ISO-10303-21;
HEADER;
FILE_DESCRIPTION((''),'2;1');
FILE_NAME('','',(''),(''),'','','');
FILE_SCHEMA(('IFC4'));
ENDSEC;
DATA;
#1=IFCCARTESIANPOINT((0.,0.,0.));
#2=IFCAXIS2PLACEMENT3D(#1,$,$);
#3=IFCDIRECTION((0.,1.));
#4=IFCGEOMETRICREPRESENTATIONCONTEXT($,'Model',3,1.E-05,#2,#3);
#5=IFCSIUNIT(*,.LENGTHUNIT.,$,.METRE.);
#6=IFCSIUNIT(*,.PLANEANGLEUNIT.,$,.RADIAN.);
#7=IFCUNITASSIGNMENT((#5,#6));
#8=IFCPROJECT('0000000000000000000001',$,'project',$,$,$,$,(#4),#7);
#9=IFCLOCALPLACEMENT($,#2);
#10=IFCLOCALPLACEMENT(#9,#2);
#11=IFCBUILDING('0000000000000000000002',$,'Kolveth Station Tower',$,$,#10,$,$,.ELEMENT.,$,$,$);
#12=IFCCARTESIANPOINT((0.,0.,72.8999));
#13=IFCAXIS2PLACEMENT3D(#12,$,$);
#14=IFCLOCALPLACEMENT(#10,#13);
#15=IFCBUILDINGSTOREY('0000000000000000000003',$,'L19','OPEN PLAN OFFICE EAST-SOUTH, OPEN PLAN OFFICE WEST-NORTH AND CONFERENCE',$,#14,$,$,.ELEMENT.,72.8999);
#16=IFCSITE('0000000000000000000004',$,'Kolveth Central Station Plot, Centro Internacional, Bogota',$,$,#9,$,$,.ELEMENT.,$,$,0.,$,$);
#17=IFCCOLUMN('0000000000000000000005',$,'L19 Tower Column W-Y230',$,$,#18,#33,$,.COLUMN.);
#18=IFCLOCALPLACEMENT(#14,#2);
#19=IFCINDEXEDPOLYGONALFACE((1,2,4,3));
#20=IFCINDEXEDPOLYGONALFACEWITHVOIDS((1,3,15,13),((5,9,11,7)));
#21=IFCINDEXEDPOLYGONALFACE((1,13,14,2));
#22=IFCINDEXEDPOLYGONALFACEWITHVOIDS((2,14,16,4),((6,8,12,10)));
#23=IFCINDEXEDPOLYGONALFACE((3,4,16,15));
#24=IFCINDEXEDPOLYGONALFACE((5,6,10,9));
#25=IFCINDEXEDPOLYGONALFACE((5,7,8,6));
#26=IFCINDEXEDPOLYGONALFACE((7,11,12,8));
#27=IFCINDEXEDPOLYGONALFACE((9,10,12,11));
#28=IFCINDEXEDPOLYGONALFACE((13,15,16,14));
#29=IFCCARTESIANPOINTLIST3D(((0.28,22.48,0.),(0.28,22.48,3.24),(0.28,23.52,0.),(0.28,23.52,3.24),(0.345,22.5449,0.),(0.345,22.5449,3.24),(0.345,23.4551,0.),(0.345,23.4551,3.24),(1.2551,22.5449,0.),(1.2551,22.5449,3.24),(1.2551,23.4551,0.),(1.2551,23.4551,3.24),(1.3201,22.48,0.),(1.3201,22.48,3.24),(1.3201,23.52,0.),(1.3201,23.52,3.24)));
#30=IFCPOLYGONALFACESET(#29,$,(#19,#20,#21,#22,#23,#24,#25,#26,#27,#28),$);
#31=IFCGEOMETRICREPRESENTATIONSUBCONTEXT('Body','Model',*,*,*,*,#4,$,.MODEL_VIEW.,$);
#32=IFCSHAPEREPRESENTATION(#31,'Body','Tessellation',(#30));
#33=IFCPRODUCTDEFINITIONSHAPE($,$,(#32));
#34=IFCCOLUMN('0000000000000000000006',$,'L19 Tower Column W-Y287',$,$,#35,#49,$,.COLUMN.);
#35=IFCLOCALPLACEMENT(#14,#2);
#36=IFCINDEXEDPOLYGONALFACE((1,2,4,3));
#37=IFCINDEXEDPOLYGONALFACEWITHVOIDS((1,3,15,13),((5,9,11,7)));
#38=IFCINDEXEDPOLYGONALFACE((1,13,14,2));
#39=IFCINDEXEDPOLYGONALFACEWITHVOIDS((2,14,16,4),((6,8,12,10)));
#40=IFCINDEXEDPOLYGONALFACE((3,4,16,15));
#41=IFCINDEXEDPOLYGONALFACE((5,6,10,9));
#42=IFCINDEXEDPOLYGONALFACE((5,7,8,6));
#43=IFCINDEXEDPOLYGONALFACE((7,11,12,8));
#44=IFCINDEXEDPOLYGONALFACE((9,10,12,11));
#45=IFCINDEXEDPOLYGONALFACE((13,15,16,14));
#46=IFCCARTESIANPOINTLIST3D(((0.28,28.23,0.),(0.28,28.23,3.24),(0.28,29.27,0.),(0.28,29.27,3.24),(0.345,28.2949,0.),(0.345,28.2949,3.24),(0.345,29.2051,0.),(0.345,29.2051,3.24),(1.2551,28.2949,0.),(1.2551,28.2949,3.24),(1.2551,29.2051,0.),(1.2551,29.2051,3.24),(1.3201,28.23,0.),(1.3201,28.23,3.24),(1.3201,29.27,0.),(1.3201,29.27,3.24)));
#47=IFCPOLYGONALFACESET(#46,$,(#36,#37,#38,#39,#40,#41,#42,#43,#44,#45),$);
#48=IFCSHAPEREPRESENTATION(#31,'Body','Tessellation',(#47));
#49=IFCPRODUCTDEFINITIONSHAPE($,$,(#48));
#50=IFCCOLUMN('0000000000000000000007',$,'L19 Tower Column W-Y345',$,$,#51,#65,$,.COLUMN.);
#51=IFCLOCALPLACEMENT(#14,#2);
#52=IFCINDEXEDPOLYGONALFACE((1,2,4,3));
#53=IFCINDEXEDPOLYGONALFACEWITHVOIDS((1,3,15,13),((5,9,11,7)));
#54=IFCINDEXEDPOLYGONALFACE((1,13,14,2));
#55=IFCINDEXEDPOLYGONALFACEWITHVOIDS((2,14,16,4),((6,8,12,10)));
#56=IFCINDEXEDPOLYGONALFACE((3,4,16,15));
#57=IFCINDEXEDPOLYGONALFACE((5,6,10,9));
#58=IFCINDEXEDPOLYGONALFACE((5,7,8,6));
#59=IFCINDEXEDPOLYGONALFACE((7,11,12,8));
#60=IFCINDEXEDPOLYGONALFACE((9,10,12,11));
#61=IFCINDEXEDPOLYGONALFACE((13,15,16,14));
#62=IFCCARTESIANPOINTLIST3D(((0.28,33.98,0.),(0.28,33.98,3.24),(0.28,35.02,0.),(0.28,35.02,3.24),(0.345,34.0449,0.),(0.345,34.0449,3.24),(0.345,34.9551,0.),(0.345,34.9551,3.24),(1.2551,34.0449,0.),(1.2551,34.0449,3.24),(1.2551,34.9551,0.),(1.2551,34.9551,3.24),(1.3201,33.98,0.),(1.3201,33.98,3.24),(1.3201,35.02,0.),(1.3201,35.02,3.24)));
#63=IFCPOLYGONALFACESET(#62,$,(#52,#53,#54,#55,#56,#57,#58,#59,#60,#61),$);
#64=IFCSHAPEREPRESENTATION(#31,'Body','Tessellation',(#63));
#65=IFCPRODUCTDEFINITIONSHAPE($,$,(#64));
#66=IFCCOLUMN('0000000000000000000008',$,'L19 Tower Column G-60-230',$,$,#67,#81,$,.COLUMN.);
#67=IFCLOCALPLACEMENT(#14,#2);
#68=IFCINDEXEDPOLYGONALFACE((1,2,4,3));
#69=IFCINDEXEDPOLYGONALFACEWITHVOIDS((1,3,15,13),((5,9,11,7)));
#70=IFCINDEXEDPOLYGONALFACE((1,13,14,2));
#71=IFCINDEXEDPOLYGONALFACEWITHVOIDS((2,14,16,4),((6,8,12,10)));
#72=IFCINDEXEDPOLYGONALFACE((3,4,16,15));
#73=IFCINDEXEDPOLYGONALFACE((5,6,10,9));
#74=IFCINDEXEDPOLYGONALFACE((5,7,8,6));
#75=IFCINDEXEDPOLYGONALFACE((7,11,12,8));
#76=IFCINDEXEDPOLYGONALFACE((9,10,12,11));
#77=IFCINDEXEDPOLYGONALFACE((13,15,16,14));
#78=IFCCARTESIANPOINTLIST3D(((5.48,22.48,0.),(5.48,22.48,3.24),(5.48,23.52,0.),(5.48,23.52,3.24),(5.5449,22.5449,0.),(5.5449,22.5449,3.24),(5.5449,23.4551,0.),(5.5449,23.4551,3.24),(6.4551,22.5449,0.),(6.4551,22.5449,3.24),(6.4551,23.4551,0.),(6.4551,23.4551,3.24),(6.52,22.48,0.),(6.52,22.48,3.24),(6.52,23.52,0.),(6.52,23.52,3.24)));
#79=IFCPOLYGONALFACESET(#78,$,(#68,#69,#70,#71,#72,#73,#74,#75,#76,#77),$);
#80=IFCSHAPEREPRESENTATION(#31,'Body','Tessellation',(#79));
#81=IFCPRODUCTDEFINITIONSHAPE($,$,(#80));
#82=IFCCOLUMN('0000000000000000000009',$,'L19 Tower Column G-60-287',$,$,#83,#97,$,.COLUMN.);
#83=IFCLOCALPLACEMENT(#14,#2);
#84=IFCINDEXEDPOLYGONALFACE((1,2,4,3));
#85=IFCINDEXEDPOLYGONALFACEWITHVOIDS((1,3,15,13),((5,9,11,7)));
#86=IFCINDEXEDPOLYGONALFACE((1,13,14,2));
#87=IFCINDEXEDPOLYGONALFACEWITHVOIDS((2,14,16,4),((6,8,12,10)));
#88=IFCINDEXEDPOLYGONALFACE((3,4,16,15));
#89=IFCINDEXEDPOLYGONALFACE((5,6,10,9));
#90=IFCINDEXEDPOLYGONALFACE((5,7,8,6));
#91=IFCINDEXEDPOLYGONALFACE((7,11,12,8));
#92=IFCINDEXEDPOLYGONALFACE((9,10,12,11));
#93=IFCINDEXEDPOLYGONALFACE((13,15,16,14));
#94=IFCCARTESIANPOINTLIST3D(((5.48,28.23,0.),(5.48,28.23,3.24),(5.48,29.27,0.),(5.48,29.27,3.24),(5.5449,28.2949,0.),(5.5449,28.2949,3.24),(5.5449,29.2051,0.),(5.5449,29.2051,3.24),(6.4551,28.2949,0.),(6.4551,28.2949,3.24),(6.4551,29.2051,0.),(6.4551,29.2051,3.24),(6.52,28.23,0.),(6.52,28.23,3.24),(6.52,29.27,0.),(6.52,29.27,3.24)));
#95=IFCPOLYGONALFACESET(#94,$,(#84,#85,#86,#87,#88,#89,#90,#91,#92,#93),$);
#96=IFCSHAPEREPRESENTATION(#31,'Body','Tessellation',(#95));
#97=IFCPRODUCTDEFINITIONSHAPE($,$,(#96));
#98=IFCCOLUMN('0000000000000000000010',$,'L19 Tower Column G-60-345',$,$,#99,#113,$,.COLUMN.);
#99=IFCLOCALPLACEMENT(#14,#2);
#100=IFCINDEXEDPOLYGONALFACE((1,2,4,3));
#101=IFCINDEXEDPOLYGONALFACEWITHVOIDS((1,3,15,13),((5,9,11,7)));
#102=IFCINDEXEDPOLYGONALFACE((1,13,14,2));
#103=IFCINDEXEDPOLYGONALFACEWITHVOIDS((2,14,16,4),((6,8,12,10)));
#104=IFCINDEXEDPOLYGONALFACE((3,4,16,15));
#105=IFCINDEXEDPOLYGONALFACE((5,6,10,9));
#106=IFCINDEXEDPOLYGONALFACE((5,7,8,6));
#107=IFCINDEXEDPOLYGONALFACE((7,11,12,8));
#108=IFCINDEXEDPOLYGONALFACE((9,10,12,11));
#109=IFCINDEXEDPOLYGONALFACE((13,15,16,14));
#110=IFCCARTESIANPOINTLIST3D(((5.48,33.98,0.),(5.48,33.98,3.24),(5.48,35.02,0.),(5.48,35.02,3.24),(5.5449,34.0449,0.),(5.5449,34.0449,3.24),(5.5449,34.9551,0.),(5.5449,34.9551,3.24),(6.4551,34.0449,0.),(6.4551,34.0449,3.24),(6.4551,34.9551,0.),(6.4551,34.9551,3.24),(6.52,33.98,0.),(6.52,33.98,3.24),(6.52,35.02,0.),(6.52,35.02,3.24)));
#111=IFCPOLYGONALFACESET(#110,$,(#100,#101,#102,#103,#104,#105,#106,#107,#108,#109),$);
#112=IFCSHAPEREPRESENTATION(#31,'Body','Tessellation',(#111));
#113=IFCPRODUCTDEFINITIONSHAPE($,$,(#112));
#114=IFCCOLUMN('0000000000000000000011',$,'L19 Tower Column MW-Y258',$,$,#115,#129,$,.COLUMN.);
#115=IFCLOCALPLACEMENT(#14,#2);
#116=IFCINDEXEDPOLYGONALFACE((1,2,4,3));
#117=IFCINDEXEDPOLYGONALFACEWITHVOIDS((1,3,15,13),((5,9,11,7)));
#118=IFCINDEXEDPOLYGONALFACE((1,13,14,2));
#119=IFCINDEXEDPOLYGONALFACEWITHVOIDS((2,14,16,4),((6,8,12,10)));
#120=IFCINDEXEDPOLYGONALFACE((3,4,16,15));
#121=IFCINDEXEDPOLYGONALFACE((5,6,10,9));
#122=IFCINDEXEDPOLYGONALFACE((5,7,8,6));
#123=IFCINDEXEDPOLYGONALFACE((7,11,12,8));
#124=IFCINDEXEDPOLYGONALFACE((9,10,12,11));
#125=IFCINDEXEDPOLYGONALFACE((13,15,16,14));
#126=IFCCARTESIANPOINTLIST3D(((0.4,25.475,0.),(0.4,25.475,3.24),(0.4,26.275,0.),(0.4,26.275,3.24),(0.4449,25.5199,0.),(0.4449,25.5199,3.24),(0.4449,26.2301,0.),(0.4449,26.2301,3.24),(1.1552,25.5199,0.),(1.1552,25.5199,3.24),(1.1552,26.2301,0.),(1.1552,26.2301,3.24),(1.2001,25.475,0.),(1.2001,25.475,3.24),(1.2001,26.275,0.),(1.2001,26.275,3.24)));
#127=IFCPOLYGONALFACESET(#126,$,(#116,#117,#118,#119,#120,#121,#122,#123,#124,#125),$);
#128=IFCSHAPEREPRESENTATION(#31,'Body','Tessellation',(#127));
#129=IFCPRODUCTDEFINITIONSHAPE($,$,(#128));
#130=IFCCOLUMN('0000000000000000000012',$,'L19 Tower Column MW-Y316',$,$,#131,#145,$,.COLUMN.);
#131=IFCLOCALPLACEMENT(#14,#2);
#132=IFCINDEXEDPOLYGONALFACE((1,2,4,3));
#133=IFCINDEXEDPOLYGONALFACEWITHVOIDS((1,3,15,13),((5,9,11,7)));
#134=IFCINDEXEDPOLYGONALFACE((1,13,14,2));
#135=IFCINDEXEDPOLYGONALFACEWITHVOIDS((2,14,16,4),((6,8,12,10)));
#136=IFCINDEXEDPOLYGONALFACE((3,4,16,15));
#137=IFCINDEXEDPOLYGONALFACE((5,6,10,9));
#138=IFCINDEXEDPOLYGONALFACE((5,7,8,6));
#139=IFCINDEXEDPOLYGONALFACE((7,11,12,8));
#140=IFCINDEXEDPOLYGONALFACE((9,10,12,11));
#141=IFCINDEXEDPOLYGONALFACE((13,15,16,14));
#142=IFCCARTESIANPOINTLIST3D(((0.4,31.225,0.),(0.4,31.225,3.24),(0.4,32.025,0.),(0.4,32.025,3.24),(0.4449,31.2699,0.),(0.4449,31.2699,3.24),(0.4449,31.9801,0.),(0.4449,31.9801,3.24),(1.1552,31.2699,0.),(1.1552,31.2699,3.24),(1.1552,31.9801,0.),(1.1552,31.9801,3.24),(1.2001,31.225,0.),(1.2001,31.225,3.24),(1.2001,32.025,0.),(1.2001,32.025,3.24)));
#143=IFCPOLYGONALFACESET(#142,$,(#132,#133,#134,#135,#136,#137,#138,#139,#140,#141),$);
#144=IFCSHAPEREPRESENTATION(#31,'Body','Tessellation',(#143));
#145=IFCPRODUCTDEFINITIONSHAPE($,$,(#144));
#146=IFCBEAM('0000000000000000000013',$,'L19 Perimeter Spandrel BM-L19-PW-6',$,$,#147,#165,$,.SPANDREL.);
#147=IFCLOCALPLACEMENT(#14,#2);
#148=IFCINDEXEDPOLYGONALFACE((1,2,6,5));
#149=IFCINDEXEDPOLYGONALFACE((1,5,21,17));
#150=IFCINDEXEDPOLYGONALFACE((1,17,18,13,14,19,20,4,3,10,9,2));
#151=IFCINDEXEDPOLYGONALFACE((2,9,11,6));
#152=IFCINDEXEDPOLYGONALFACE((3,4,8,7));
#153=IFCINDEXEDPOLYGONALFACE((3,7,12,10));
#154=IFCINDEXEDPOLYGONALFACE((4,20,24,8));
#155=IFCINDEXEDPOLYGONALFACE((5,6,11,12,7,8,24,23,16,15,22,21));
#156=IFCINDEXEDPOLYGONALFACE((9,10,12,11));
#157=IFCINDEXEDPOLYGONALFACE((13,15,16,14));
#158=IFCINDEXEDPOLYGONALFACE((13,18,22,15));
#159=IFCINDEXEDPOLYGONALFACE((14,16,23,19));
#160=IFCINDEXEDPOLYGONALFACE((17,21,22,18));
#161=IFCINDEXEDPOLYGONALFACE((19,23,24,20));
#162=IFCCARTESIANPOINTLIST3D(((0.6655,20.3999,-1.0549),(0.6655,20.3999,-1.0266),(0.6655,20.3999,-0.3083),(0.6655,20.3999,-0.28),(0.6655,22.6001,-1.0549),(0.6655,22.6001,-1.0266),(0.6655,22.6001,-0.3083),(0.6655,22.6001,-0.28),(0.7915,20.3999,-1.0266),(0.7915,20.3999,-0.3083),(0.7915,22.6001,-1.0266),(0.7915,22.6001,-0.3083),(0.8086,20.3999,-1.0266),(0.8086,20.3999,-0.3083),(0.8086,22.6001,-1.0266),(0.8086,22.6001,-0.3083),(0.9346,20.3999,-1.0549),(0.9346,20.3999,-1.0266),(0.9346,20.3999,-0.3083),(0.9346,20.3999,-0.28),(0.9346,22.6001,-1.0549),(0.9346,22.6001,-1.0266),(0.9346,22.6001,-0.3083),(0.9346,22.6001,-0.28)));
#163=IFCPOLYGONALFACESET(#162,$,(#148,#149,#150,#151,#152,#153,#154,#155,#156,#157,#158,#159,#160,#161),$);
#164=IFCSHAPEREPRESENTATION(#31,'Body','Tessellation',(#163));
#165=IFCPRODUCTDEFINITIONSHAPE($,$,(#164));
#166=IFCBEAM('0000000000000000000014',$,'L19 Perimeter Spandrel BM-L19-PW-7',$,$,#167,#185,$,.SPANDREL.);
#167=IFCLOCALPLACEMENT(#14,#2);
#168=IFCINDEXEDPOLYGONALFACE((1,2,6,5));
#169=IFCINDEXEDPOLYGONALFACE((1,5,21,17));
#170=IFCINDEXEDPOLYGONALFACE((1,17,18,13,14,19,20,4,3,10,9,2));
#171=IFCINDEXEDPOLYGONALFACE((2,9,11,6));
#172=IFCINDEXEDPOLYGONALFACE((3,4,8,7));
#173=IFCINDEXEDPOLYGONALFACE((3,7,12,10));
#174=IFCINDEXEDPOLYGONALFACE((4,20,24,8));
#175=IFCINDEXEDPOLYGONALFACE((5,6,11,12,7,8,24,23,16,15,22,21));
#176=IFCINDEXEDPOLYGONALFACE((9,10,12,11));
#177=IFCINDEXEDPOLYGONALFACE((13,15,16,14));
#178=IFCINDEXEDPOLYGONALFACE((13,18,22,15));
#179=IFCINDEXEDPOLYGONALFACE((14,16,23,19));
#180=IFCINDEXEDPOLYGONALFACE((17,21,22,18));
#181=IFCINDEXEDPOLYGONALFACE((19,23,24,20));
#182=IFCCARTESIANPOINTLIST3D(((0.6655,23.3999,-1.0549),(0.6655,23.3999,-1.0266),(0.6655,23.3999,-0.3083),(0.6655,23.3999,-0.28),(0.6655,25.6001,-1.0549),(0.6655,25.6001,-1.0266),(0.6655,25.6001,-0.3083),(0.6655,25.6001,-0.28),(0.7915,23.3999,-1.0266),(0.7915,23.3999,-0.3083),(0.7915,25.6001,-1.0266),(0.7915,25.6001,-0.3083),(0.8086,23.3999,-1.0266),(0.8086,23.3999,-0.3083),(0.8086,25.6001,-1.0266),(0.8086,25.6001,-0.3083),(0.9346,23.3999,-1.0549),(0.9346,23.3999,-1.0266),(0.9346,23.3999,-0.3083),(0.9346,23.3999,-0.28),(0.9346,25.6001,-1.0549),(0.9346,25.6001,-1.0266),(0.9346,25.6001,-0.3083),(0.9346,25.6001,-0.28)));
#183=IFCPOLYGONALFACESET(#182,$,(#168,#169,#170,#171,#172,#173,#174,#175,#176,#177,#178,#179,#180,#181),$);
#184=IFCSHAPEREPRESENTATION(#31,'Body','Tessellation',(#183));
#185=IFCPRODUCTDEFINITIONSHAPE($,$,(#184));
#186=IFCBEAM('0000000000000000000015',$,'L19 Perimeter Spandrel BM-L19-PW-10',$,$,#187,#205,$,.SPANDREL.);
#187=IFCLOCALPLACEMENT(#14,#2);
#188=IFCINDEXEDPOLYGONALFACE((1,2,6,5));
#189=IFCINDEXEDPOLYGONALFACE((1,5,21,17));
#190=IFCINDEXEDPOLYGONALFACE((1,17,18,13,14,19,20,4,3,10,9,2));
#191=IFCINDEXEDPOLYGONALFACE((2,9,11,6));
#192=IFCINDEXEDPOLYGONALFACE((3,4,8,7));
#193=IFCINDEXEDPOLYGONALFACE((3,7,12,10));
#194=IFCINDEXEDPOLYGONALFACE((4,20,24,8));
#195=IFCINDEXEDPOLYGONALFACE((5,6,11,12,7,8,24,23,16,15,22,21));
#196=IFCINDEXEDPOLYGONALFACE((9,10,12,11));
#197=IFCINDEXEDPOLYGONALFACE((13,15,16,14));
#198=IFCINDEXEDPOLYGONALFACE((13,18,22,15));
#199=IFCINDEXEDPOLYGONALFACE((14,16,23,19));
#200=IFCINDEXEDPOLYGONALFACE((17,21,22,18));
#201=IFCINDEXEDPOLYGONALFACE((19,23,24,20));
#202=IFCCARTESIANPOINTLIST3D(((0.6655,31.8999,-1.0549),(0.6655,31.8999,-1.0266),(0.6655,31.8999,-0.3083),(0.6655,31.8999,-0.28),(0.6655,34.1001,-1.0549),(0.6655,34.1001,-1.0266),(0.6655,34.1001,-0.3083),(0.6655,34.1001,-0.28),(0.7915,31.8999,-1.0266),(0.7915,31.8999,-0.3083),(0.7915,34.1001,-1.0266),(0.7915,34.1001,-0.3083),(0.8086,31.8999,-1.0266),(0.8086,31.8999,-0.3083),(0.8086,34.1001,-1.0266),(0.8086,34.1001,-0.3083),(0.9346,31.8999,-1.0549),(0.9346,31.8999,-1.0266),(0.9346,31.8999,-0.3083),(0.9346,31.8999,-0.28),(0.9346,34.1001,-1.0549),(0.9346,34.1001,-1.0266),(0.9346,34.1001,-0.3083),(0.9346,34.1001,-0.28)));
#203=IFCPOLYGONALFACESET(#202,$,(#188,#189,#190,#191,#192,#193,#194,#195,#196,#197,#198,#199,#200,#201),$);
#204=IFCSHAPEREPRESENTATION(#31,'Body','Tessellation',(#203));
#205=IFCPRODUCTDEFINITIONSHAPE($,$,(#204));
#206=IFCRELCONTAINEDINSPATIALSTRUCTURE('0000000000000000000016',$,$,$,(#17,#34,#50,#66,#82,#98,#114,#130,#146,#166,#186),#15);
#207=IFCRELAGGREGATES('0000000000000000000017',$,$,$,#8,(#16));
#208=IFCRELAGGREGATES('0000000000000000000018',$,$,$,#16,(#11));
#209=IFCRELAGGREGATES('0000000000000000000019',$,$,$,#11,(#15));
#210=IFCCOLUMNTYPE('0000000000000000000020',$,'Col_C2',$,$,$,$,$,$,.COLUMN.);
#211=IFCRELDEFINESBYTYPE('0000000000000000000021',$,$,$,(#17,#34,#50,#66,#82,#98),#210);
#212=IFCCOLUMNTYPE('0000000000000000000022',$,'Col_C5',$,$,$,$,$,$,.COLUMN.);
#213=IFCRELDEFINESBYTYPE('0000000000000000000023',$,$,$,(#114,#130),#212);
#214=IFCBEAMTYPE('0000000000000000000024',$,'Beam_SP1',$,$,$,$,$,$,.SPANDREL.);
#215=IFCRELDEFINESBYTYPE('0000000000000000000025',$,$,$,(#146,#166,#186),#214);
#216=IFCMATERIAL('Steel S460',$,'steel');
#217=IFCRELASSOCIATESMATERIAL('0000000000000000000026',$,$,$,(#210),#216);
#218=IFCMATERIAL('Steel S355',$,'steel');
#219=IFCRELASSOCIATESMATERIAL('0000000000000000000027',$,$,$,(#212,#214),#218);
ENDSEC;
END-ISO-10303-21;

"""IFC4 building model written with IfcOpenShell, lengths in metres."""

from ifc_helpers import new_model, si_unit, direction, frame, origin, origin_2d, place, context, subcontext, project, spatial, hollow_rectangle, i_section, extrude, source, transform, mapped, material, material_profile, profile_set, type_object, element, save


model = new_model("IFC4")

# Units and contexts
model_context = context("Model", 3, precision=1e-05, world=origin(), true_north=direction((0.0, 1.0)))
body_context = subcontext(model_context, "Body", "Model", "MODEL_VIEW")
ifc_project = project(units=[si_unit("LENGTHUNIT", "METRE"), si_unit("PLANEANGLEUNIT", "RADIAN")], contexts=[model_context])

# Site, building, storey
site_placement = place(None, origin())
site = spatial("IfcSite", under=ifc_project, at=site_placement, Name="Kolveth Central Station Plot, Centro Internacional, Bogota", CompositionType="ELEMENT", RefElevation=0.0)
building_placement = place(site_placement, origin())
building = spatial("IfcBuilding", under=site, at=building_placement, Name="Kolveth Station Tower", CompositionType="ELEMENT")
storey_placement = place(building_placement, frame((0.0, 0.0, 72.8999)))
storey = spatial("IfcBuildingStorey", under=building, at=storey_placement, Name="L19", Description="OPEN PLAN OFFICE EAST-SOUTH, OPEN PLAN OFFICE WEST-NORTH AND CONFERENCE", CompositionType="ELEMENT", Elevation=72.8999)

# Columns
ifc_material_1 = material(Name="Steel S460", Category="steel")
ifc_material_profile_1 = material_profile(ifc_material_1, hollow_rectangle(XDim=1.04, YDim=1.04, WallThickness=0.0649, at=origin_2d()), Name="BOX1040x1040x65")
ifc_profile_set_1 = profile_set([ifc_material_profile_1], Name="Steel S460")
column_type_1 = type_object("IfcColumnType", Name="Col_C2", PredefinedType="COLUMN", material=ifc_profile_set_1)
shared_shape_1 = source(origin(), body_context, "Body", "SweptSolid", [
    extrude(hollow_rectangle(XDim=1.04, YDim=1.04, WallThickness=0.0649, at=origin_2d()), origin(), (0.0, 0.0, 1.0), 3.24),
])
for number, where, z_axis, x_axis, name in (
    (1, (0.8, 23.0, 0.0), (0.0, 0.0, 1.0), (1.0, 0.0, 0.0), "L19 Tower Column W-Y230"),
    (2, (0.8, 28.75, 0.0), (0.0, 0.0, 1.0), (1.0, 0.0, 0.0), "L19 Tower Column W-Y287"),
    (3, (0.8, 34.5, 0.0), (0.0, 0.0, 1.0), (1.0, 0.0, 0.0), "L19 Tower Column W-Y345"),
    (4, (6.0, 23.0, 0.0), (0.0, 0.0, 1.0), (1.0, 0.0, 0.0), "L19 Tower Column G-60-230"),
    (5, (6.0, 28.75, 0.0), (0.0, 0.0, 1.0), (1.0, 0.0, 0.0), "L19 Tower Column G-60-287"),
    (6, (6.0, 34.5, 0.0), (0.0, 0.0, 1.0), (1.0, 0.0, 0.0), "L19 Tower Column G-60-345"),
):
    element("IfcColumn", number, at=place(storey_placement, frame(where, z_axis=z_axis, x_axis=x_axis)), inside=storey, type_object=column_type_1, Name=name, PredefinedType="COLUMN", context=body_context, shape_type="MappedRepresentation", body=[
        mapped(shared_shape_1, transform((0.0, 0.0, 0.0), x_axis=(1.0, 0.0, 0.0), y_axis=(0.0, 1.0, 0.0), z_axis=(0.0, 0.0, 1.0), scale=1.0)),
    ])
ifc_material_2 = material(Name="Steel S355", Category="steel")
ifc_material_profile_2 = material_profile(ifc_material_2, hollow_rectangle(XDim=0.8, YDim=0.8, WallThickness=0.0449, at=origin_2d()), Name="BOX800x800x45")
ifc_profile_set_2 = profile_set([ifc_material_profile_2], Name="Steel S355")
column_type_2 = type_object("IfcColumnType", Name="Col_C5", PredefinedType="COLUMN", material=ifc_profile_set_2)
shared_shape_2 = source(origin(), body_context, "Body", "SweptSolid", [
    extrude(hollow_rectangle(XDim=0.8, YDim=0.8, WallThickness=0.0449, at=origin_2d()), origin(), (0.0, 0.0, 1.0), 3.24),
])
for number, where, z_axis, x_axis, name in (
    (7, (0.8, 25.875, 0.0), (0.0, 0.0, 1.0), (1.0, 0.0, 0.0), "L19 Tower Column MW-Y258"),
    (8, (0.8, 31.625, 0.0), (0.0, 0.0, 1.0), (1.0, 0.0, 0.0), "L19 Tower Column MW-Y316"),
):
    element("IfcColumn", number, at=place(storey_placement, frame(where, z_axis=z_axis, x_axis=x_axis)), inside=storey, type_object=column_type_2, Name=name, PredefinedType="COLUMN", context=body_context, shape_type="MappedRepresentation", body=[
        mapped(shared_shape_2, transform((0.0, 0.0, 0.0), x_axis=(1.0, 0.0, 0.0), y_axis=(0.0, 1.0, 0.0), z_axis=(0.0, 0.0, 1.0), scale=1.0)),
    ])

# Beams
ifc_material_profile_3 = material_profile(ifc_material_2, i_section(OverallWidth=0.269, OverallDepth=0.7749, WebThickness=0.0171, FlangeThickness=0.0283, at=origin_2d()), Name="W760x220")
ifc_profile_set_3 = profile_set([ifc_material_profile_3], Name="Steel S355")
beam_type_1 = type_object("IfcBeamType", Name="Beam_SP1", PredefinedType="SPANDREL", material=ifc_profile_set_3)
shared_shape_3 = source(origin(), body_context, "Body", "SweptSolid", [
    extrude(i_section(OverallWidth=0.269, OverallDepth=0.7749, WebThickness=0.0171, FlangeThickness=0.0283, at=origin_2d()), origin(), (0.0, 0.0, 1.0), 2.2002),
])
for number, where, z_axis, x_axis, name in (
    (9, (0.8, 20.3999, -0.6675), (0.0, 1.0, 0.0), (-1.0, 0.0, 0.0), "L19 Perimeter Spandrel BM-L19-PW-6"),
    (10, (0.8, 23.3999, -0.6675), (0.0, 1.0, 0.0), (-1.0, 0.0, 0.0), "L19 Perimeter Spandrel BM-L19-PW-7"),
    (11, (0.8, 31.8999, -0.6675), (0.0, 1.0, 0.0), (-1.0, 0.0, 0.0), "L19 Perimeter Spandrel BM-L19-PW-10"),
):
    element("IfcBeam", number, at=place(storey_placement, frame(where, z_axis=z_axis, x_axis=x_axis)), inside=storey, type_object=beam_type_1, Name=name, PredefinedType="SPANDREL", context=body_context, shape_type="MappedRepresentation", body=[
        mapped(shared_shape_3, transform((0.0, 0.0, 0.0), x_axis=(1.0, 0.0, 0.0), y_axis=(0.0, 1.0, 0.0), z_axis=(0.0, 0.0, 1.0), scale=1.0)),
    ])

save(model, "model.ifc")
